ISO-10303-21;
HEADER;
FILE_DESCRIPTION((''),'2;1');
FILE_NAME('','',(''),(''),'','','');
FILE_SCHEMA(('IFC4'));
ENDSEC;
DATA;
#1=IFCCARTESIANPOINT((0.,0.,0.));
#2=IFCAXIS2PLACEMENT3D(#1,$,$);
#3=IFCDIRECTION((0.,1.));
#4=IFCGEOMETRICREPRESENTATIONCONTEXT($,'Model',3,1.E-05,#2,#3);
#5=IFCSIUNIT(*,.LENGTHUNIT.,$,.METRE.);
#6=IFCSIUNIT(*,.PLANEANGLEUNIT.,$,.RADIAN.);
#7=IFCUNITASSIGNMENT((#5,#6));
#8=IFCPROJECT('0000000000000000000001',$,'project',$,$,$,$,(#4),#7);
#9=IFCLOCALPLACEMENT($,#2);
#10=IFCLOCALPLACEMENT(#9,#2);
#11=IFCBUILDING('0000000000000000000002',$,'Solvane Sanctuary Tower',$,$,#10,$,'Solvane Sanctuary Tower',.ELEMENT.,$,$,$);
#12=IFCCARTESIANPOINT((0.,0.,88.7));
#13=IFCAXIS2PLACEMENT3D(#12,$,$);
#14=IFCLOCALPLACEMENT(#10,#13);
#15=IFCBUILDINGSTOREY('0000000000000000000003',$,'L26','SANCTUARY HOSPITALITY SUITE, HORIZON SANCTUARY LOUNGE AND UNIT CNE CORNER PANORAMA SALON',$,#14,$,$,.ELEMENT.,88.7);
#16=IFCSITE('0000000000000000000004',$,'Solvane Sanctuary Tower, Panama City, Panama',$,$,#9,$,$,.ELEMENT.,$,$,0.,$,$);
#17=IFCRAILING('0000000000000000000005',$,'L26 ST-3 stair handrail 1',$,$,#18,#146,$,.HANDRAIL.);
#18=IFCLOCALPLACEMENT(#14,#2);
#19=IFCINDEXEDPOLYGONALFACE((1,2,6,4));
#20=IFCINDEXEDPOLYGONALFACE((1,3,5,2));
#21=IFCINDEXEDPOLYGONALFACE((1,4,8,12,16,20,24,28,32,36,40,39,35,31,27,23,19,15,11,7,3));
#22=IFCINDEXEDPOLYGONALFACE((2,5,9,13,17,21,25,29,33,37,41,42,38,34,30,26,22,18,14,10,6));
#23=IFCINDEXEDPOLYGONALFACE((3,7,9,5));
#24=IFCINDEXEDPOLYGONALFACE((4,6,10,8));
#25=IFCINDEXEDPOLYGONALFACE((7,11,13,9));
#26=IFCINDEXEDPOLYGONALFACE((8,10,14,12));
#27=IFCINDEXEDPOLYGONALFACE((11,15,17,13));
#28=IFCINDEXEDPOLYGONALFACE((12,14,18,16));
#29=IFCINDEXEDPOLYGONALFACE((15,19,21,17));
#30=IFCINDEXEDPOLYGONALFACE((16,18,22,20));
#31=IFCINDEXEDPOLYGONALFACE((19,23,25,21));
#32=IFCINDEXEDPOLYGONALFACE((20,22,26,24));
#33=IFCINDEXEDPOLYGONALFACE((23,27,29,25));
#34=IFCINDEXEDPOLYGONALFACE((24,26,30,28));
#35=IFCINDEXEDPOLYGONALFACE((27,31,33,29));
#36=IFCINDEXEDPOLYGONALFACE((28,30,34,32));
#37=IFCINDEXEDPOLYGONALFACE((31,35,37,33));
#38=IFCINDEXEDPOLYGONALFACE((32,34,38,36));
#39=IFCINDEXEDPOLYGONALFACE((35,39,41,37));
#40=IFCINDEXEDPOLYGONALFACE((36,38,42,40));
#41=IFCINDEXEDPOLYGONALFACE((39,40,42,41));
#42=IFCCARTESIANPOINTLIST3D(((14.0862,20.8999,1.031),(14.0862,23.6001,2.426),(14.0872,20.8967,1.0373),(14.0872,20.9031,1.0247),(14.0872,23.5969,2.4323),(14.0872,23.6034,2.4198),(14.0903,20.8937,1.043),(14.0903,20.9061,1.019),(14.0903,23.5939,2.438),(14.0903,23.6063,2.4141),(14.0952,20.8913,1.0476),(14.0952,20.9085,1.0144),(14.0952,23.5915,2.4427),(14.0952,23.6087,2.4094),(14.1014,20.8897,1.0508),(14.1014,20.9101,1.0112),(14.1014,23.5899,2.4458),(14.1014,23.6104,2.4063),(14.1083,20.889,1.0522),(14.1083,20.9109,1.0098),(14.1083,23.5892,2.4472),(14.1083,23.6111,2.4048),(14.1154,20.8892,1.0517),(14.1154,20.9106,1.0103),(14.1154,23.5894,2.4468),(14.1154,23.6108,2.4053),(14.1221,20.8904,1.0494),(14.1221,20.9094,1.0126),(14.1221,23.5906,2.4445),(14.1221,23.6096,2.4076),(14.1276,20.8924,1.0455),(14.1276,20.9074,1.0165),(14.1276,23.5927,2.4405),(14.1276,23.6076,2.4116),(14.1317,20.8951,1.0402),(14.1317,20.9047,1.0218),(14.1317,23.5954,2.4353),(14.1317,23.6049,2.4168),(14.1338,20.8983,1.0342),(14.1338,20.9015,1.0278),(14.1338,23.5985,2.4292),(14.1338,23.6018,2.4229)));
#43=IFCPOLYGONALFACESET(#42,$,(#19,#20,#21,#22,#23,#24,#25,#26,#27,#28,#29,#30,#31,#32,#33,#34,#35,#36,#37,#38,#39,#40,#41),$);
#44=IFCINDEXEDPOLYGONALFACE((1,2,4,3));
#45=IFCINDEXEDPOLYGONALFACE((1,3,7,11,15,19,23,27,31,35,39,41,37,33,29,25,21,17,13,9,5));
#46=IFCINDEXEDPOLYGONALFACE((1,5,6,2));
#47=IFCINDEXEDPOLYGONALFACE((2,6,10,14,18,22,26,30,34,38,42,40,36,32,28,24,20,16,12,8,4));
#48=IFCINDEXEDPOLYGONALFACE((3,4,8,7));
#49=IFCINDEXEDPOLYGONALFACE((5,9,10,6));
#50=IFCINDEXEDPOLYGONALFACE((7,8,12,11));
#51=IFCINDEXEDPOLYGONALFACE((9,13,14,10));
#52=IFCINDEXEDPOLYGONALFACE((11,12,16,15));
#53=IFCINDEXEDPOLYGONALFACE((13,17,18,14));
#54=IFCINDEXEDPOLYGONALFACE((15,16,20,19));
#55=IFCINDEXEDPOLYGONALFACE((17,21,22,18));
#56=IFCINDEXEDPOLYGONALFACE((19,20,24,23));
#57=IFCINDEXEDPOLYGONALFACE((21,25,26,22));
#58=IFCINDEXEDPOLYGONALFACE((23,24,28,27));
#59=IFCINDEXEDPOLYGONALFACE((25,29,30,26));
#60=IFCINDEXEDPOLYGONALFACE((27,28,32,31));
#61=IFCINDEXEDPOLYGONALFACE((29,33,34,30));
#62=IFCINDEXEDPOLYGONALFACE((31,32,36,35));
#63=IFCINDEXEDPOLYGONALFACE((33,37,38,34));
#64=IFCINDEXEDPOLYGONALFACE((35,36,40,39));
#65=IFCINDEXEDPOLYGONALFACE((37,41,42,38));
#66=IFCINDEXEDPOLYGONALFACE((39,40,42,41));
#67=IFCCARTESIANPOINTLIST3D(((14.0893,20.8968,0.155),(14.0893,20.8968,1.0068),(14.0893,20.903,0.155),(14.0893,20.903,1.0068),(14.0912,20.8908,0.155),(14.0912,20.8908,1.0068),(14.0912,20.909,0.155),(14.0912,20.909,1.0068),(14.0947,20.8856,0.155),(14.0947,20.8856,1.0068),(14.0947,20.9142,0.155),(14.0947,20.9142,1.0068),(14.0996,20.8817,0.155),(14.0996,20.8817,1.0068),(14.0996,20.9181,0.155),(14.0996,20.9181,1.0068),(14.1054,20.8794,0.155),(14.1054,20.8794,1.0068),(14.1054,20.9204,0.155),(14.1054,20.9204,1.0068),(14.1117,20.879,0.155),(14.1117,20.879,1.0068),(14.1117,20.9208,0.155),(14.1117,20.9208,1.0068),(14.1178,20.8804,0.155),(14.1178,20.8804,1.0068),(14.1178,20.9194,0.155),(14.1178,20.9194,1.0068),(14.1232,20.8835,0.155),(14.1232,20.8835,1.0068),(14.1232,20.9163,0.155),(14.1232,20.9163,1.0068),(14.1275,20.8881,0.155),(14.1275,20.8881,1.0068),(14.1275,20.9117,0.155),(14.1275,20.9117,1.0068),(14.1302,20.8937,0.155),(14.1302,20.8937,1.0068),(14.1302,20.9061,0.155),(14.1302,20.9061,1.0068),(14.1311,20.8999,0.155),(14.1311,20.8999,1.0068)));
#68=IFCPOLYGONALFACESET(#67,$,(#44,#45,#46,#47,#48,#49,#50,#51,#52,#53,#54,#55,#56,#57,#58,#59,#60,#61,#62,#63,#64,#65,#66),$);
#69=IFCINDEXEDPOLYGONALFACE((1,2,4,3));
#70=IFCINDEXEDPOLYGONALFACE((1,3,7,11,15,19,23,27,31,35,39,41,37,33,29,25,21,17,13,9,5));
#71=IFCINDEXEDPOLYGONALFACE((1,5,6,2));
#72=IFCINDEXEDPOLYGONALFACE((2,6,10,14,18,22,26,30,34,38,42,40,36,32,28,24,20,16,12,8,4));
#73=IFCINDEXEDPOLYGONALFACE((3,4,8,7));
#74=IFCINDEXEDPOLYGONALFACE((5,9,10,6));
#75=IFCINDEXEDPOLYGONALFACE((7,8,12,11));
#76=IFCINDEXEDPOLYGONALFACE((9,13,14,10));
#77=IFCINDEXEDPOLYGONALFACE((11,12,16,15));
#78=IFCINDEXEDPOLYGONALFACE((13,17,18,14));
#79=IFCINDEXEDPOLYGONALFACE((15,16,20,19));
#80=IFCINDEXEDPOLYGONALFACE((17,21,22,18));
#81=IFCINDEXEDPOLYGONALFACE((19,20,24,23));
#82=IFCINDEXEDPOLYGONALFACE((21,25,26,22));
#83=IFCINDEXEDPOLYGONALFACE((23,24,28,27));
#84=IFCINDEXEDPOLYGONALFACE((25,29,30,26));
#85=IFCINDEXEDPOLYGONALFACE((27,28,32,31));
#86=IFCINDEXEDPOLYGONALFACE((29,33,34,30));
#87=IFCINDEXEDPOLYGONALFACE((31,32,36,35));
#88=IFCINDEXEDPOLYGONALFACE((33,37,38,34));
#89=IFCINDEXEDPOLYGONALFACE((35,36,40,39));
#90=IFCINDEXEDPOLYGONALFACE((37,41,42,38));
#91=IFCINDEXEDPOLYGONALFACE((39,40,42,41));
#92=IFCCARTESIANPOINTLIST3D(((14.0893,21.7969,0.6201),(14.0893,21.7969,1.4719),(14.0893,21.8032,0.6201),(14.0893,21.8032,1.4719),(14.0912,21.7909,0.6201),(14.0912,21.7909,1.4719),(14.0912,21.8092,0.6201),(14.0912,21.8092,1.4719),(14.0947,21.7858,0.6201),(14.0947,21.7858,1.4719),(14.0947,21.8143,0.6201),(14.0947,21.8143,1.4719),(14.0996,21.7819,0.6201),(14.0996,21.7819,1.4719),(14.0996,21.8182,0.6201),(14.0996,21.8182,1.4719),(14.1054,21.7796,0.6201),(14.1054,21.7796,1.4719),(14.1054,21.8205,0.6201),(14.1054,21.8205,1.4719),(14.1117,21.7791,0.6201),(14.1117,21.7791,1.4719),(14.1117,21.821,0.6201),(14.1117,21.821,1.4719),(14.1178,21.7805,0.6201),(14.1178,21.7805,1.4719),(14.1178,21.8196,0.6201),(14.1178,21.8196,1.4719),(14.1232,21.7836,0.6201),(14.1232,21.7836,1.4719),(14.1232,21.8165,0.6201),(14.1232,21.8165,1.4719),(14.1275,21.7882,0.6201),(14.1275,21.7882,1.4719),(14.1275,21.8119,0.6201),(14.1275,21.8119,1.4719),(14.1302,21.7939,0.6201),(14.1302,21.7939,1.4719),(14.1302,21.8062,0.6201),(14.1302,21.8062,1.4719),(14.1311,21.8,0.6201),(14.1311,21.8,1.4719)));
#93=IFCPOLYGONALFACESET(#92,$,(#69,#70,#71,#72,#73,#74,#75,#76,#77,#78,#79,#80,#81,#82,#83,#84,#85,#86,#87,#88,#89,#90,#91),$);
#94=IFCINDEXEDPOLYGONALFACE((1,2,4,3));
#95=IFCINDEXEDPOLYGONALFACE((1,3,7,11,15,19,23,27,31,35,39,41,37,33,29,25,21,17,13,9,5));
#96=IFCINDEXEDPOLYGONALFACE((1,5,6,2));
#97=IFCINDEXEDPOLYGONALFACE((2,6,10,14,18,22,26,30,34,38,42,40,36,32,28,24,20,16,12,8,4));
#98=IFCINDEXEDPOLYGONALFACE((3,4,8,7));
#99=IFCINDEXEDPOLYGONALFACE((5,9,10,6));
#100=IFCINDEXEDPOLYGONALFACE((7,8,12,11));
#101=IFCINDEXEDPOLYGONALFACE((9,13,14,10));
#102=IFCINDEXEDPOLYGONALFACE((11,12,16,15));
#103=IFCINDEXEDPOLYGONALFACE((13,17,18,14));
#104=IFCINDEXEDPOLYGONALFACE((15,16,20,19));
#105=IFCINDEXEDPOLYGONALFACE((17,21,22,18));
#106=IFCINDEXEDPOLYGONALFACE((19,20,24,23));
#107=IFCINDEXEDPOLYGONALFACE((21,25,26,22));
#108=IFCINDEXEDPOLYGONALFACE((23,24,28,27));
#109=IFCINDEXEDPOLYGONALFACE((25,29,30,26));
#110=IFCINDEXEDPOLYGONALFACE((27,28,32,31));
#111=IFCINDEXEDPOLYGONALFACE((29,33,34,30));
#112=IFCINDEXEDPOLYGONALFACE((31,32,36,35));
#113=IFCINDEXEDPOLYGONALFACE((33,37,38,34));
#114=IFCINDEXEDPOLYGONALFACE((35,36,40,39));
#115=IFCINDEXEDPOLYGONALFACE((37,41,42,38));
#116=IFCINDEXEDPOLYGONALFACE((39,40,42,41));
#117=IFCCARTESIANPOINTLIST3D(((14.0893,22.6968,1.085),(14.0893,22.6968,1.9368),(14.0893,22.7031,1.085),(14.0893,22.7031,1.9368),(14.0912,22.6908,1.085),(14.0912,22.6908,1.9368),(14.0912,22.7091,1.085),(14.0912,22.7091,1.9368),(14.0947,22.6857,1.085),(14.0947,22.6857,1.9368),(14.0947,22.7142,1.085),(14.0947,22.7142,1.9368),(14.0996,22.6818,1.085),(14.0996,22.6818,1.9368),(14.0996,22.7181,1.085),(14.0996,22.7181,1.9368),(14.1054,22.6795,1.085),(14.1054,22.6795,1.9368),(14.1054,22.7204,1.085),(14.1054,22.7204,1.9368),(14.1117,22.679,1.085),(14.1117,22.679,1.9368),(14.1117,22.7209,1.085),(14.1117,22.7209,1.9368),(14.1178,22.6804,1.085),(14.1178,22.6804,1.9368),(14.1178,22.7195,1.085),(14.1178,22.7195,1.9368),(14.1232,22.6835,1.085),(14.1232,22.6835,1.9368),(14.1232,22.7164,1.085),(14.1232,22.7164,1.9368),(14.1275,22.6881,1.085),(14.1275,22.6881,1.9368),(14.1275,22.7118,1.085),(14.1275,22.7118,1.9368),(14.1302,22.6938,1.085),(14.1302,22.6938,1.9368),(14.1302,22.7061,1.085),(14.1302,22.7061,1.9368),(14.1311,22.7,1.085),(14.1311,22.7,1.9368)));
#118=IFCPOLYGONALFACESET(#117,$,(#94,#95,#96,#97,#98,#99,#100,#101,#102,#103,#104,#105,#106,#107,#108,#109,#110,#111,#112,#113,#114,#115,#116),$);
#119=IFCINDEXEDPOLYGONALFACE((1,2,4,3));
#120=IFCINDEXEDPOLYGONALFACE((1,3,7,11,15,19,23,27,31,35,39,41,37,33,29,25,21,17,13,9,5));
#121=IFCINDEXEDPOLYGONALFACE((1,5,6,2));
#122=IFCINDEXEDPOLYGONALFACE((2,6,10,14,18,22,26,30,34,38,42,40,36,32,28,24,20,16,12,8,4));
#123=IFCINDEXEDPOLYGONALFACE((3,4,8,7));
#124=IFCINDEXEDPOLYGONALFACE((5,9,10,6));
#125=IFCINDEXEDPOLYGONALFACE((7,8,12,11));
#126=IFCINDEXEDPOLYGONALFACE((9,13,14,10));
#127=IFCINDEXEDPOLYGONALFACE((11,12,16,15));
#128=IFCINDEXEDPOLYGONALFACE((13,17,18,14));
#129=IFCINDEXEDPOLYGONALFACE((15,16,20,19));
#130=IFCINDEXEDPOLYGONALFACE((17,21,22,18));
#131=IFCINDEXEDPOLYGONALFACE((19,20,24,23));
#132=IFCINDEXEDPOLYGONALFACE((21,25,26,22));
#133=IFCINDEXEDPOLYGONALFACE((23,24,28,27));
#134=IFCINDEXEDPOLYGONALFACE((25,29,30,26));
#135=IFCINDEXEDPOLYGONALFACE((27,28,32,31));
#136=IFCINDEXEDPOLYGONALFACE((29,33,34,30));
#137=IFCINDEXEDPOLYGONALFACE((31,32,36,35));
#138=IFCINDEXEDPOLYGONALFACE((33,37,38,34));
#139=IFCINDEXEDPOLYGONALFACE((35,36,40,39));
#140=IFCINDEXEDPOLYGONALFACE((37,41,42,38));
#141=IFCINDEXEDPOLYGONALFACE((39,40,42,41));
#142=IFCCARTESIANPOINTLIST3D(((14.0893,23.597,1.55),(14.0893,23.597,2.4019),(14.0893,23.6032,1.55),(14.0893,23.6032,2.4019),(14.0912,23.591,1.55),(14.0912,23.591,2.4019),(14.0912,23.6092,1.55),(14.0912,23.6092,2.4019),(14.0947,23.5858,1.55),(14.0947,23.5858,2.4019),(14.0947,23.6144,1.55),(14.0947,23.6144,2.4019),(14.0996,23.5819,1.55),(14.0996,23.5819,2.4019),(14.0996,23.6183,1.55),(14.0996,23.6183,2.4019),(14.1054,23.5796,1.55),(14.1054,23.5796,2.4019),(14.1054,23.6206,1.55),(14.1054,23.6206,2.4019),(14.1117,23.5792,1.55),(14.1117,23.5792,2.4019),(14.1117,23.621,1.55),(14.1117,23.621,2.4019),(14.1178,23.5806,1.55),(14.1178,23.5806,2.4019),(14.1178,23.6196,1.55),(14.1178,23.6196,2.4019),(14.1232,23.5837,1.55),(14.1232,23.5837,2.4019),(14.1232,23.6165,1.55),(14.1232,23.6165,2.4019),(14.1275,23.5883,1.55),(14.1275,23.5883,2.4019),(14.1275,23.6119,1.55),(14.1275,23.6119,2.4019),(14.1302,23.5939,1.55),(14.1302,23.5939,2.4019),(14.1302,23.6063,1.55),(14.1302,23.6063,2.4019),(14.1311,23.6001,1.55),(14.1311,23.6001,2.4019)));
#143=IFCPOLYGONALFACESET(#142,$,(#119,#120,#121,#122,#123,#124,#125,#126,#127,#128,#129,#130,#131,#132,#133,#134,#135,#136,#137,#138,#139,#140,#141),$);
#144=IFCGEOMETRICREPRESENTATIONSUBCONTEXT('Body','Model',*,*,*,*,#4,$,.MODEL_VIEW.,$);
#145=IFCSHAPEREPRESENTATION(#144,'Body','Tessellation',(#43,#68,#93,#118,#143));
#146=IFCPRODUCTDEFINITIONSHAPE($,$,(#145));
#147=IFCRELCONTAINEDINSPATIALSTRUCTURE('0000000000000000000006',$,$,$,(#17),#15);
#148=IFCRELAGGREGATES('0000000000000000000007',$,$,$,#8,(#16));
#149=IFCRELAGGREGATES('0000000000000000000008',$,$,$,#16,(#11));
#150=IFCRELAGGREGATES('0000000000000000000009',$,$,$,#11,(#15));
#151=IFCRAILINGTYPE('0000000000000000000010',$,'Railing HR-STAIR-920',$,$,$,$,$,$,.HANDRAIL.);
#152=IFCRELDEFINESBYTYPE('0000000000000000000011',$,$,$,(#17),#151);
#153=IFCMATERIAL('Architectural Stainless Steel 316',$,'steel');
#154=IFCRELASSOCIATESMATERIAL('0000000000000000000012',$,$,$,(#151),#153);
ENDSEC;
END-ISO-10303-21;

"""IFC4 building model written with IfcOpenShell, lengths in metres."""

from ifc_helpers import new_model, si_unit, direction, frame, origin, origin_2d, place, context, subcontext, project, spatial, circle, extrude, material, type_object, element, save


model = new_model("IFC4")

# Units and contexts
model_context = context("Model", 3, precision=1e-05, world=origin(), true_north=direction((0.0, 1.0)))
body_context = subcontext(model_context, "Body", "Model", "MODEL_VIEW")
ifc_project = project(units=[si_unit("LENGTHUNIT", "METRE"), si_unit("PLANEANGLEUNIT", "RADIAN")], contexts=[model_context])

# Site, building, storey
site_placement = place(None, origin())
site = spatial("IfcSite", under=ifc_project, at=site_placement, Name="Solvane Sanctuary Tower, Panama City, Panama", CompositionType="ELEMENT", RefElevation=0.0)
building_placement = place(site_placement, origin())
building = spatial("IfcBuilding", under=site, at=building_placement, Name="Solvane Sanctuary Tower", LongName="Solvane Sanctuary Tower", CompositionType="ELEMENT")
storey_placement = place(building_placement, frame((0.0, 0.0, 88.7)))
storey = spatial("IfcBuildingStorey", under=building, at=storey_placement, Name="L26", Description="SANCTUARY HOSPITALITY SUITE, HORIZON SANCTUARY LOUNGE AND UNIT CNE CORNER PANORAMA SALON", CompositionType="ELEMENT", Elevation=88.7)

# Shared definitions
ifc_material_1 = material(Name="Architectural Stainless Steel 316", Category="steel")

# Railing
railing_type_1 = type_object("IfcRailingType", Name="Railing HR-STAIR-920", PredefinedType="HANDRAIL", material=ifc_material_1)
railing_1_placement = place(storey_placement, frame((14.1101, 20.8999, 0.155)))
element("IfcRailing", 1, at=railing_1_placement, inside=storey, type_object=railing_type_1, Name="L26 ST-3 stair handrail 1", PredefinedType="HANDRAIL", context=body_context, shape_type="SweptSolid", body=[
    extrude(circle(Radius=0.0239, at=origin_2d()), frame((0.0, 0.0, 0.876), z_axis=(0.0, 0.888437, 0.458999), x_axis=(-1.0, 0.0, 0.0)), (0.0, 0.0, 1.0), 3.0393),
    extrude(circle(Radius=0.021, at=origin_2d()), origin(), (0.0, 0.0, 1.0), 0.8518),
    extrude(circle(Radius=0.021, at=origin_2d()), frame((0.0, 0.9001, 0.4651)), (0.0, 0.0, 1.0), 0.8518),
    extrude(circle(Radius=0.021, at=origin_2d()), frame((0.0, 1.8, 0.9299)), (0.0, 0.0, 1.0), 0.8518),
    extrude(circle(Radius=0.021, at=origin_2d()), frame((0.0, 2.7002, 1.395)), (0.0, 0.0, 1.0), 0.8518),
])

save(model, "model.ifc")
